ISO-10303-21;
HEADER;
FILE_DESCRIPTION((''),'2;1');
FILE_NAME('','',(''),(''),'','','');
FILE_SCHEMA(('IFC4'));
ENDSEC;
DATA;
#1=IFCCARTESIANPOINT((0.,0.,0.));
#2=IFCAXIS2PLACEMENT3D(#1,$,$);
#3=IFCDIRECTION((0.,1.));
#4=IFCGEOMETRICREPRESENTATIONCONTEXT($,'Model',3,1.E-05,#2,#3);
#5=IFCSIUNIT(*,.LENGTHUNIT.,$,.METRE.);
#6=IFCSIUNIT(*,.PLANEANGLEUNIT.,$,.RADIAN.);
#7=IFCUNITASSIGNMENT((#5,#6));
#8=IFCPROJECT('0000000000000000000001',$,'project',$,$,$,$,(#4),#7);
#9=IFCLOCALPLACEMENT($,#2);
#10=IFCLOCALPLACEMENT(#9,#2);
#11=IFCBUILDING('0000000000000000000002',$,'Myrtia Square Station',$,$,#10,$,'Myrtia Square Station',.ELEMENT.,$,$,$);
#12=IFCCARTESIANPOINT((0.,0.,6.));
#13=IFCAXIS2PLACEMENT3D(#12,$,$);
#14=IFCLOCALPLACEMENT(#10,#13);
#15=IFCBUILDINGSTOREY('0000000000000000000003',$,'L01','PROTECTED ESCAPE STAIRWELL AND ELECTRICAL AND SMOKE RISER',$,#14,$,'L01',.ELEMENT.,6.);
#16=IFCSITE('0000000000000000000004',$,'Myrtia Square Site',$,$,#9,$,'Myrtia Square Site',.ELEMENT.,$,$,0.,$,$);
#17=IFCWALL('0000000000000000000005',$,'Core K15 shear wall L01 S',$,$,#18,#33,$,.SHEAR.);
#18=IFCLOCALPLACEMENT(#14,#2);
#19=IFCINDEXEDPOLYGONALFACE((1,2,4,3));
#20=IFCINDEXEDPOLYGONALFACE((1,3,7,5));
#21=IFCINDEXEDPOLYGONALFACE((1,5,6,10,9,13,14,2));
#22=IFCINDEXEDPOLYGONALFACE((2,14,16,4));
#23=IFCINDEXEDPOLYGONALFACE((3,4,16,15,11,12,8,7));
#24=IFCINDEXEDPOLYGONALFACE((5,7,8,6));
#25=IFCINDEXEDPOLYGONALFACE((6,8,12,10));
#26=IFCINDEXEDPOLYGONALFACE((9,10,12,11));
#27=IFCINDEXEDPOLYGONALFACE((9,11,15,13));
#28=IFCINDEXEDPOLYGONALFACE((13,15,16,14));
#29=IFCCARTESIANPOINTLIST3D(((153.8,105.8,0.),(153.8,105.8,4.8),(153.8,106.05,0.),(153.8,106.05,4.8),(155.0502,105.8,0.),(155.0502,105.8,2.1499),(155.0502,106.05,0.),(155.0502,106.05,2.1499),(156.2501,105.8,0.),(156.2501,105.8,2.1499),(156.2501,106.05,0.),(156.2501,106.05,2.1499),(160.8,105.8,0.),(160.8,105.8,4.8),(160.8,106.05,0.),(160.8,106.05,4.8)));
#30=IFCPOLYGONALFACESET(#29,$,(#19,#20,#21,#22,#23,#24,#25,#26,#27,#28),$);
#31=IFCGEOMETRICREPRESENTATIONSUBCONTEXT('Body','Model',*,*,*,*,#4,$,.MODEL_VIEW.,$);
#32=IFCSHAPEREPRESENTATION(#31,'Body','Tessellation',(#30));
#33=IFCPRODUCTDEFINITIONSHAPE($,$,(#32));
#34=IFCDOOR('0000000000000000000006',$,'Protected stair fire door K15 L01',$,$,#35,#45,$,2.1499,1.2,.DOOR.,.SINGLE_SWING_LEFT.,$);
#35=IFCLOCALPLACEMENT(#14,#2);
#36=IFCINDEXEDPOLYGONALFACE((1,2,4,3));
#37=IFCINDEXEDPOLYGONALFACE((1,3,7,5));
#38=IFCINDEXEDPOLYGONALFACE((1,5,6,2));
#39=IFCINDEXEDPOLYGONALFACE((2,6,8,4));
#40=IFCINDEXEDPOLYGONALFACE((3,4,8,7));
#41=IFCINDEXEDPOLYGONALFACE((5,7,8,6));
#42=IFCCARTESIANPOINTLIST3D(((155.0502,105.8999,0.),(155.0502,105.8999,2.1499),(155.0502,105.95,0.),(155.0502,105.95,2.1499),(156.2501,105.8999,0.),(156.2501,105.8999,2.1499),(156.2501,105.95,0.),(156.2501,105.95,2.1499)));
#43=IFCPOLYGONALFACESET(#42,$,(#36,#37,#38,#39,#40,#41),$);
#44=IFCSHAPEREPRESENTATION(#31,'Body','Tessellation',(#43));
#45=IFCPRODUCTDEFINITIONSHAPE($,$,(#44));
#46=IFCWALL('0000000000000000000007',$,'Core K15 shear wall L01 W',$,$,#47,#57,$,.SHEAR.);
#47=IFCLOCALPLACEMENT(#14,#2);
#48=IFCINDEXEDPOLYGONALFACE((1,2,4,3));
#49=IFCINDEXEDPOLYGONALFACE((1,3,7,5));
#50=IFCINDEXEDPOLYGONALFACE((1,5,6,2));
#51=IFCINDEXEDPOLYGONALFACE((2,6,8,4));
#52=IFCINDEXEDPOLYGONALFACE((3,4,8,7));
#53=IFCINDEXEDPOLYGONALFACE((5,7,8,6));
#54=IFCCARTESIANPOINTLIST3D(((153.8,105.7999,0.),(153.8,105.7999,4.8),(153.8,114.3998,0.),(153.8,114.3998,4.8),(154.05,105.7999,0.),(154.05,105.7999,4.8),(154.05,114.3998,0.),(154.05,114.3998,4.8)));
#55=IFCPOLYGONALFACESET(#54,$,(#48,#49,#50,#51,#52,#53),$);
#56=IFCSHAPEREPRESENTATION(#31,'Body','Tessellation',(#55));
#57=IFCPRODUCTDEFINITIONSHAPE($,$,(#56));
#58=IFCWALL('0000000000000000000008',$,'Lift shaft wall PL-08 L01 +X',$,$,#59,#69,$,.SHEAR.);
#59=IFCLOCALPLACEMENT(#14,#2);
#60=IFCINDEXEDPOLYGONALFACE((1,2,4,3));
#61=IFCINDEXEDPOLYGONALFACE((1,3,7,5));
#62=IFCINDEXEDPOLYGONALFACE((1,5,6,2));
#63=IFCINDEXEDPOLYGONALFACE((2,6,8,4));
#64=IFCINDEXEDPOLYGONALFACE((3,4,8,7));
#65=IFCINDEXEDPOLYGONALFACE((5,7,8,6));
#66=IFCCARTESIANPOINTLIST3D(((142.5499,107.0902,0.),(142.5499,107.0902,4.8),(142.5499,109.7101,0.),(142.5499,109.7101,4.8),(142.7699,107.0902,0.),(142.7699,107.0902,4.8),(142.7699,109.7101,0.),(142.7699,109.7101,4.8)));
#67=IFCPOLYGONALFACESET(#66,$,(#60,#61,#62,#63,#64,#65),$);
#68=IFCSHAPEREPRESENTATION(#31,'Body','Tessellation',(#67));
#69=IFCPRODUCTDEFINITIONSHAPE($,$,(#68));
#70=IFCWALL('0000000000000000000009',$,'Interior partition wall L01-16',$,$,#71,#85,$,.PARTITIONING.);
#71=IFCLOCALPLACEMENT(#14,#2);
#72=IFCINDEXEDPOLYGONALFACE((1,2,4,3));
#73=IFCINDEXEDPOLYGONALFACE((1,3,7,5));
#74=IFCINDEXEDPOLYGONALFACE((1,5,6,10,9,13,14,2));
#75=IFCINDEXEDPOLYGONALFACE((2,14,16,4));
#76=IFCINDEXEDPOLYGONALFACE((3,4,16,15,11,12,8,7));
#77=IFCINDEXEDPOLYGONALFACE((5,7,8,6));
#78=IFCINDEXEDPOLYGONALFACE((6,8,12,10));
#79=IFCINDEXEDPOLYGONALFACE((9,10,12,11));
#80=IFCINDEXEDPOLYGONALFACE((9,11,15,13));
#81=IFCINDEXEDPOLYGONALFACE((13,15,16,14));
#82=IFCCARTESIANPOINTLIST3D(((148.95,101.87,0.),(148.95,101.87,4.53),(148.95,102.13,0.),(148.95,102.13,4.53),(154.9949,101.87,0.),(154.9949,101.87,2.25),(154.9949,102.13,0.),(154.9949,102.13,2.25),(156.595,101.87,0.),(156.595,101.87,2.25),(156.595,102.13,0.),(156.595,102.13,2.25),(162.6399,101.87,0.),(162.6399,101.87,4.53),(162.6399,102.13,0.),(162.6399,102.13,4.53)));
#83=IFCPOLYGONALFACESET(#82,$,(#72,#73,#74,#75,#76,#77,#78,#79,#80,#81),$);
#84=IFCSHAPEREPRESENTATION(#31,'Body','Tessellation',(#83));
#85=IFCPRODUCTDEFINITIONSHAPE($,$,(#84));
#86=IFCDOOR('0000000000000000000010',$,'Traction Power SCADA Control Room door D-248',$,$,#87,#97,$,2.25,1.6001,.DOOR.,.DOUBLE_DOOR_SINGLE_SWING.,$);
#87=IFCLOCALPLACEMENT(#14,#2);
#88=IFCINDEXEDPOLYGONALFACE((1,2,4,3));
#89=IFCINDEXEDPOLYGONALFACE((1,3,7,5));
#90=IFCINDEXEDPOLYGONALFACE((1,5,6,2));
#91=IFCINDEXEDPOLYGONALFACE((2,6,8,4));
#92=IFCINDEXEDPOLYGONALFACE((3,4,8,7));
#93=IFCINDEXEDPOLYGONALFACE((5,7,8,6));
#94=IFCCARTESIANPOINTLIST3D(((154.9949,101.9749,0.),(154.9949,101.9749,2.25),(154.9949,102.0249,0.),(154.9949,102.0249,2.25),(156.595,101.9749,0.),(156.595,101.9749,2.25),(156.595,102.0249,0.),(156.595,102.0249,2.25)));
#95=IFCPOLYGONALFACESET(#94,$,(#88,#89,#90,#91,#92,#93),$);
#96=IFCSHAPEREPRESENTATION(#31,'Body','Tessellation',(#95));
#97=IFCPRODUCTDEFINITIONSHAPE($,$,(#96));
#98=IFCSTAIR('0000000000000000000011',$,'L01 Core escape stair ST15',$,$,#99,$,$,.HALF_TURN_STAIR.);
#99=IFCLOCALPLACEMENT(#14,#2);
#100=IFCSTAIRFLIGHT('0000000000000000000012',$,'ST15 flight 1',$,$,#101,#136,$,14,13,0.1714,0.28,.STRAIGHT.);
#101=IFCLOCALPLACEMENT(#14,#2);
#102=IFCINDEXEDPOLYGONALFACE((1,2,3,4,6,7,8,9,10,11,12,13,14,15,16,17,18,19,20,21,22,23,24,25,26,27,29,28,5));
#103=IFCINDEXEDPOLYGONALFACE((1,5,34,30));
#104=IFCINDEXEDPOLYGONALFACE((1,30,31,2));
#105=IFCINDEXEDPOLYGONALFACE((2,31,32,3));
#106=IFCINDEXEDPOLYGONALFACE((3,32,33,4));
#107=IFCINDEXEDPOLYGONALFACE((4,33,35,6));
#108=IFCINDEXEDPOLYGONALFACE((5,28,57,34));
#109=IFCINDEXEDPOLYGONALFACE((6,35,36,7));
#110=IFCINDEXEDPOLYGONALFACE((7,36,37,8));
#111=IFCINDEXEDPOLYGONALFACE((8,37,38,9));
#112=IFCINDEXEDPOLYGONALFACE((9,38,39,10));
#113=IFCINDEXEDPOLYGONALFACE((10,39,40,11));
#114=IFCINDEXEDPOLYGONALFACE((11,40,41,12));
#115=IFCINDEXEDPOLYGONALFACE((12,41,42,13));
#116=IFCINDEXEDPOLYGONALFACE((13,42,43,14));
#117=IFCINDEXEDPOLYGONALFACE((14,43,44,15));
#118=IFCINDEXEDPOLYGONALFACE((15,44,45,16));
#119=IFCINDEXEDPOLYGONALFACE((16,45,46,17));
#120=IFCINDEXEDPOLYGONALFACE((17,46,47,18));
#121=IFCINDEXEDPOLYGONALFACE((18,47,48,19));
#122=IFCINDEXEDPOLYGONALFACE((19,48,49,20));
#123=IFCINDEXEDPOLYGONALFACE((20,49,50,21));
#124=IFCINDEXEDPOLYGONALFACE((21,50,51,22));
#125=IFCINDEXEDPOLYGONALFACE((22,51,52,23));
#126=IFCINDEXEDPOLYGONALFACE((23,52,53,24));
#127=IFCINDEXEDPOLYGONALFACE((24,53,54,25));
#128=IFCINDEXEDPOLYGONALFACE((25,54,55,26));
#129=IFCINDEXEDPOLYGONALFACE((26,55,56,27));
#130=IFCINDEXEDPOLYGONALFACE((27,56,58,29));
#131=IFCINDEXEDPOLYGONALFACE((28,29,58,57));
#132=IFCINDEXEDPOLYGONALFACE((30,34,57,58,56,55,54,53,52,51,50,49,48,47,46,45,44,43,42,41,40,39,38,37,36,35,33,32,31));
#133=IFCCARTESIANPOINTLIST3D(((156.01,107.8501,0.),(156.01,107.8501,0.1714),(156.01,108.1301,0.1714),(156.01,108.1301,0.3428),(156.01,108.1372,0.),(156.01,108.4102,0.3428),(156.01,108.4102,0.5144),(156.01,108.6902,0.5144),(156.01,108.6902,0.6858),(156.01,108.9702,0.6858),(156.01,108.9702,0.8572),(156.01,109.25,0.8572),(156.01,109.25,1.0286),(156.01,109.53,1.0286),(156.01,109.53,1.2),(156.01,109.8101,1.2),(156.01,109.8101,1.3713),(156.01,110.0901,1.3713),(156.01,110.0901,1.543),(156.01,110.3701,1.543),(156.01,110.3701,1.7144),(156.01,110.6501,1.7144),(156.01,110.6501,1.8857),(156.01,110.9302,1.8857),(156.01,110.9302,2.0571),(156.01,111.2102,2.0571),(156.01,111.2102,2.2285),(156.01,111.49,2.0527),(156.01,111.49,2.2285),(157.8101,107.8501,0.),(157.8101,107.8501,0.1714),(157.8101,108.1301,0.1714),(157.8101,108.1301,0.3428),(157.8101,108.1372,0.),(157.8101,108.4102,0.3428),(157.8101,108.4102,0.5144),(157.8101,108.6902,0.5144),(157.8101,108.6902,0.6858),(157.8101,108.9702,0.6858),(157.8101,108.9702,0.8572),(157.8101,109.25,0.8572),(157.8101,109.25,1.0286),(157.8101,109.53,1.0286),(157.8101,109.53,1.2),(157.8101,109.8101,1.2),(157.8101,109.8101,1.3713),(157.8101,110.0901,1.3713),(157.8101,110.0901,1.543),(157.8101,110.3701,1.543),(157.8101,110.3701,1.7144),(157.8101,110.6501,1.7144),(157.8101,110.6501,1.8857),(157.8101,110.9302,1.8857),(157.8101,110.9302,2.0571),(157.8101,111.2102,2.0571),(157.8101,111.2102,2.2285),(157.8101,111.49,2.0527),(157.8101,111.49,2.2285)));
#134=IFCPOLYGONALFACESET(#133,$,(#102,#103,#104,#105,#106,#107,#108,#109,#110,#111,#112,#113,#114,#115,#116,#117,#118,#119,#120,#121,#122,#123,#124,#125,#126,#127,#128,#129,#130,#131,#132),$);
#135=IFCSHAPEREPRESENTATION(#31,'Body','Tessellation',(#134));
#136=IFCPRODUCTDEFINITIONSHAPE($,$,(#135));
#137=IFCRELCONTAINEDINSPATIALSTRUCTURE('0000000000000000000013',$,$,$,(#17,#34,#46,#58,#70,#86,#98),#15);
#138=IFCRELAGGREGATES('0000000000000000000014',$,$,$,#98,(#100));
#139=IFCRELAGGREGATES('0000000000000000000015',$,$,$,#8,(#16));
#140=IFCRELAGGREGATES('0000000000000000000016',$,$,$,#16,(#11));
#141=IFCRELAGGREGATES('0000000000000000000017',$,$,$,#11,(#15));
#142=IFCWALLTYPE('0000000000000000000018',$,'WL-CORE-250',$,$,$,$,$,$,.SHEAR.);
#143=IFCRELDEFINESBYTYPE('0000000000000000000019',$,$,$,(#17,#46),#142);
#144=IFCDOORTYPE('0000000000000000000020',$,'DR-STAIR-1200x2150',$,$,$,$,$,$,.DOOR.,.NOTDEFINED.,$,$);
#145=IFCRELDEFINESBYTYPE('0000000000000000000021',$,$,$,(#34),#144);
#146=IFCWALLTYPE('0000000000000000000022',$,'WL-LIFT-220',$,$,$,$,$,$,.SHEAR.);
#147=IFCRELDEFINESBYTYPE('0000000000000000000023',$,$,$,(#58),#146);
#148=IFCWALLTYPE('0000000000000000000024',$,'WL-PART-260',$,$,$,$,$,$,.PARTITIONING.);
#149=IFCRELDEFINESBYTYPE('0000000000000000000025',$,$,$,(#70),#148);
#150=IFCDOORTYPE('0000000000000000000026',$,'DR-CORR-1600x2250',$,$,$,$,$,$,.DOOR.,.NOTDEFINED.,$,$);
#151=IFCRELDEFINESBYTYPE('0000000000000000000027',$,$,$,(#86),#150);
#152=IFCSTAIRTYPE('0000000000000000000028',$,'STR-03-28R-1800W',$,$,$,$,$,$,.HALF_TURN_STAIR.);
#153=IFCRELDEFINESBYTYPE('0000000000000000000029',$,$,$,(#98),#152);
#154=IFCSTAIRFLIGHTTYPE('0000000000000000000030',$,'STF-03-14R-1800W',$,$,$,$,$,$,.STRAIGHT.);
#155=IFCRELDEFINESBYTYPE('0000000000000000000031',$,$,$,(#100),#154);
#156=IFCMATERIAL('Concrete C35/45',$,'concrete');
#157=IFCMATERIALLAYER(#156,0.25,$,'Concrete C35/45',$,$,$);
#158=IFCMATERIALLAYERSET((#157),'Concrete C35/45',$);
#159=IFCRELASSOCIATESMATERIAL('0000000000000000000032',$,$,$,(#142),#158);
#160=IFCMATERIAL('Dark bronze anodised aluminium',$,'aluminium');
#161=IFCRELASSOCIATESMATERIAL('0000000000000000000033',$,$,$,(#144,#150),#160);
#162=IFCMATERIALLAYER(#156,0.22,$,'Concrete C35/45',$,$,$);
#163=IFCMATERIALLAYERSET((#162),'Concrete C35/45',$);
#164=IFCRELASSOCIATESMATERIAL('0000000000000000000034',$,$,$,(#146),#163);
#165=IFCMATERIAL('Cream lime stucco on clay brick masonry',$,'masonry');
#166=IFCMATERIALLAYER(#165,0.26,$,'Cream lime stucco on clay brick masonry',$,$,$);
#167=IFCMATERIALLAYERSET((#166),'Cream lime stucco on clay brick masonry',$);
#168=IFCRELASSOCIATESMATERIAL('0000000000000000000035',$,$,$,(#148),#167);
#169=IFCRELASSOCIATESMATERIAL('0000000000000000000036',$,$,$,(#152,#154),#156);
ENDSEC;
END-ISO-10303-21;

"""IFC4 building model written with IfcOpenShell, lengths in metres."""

from ifc_helpers import new_model, si_unit, direction, frame, frame_2d, origin, place, context, subcontext, project, spatial, polyline, rectangle, outline, extrude, material, layer, layer_set, type_object, element, fill, aggregate, save


model = new_model("IFC4")

# Units and contexts
model_context = context("Model", 3, precision=1e-05, world=origin(), true_north=direction((0.0, 1.0)))
body_context = subcontext(model_context, "Body", "Model", "MODEL_VIEW")
ifc_project = project(units=[si_unit("LENGTHUNIT", "METRE"), si_unit("PLANEANGLEUNIT", "RADIAN")], contexts=[model_context])

# Site, building, storey
site_placement = place(None, origin())
site = spatial("IfcSite", under=ifc_project, at=site_placement, Name="Myrtia Square Site", LongName="Myrtia Square Site", CompositionType="ELEMENT", RefElevation=0.0)
building_placement = place(site_placement, origin())
building = spatial("IfcBuilding", under=site, at=building_placement, Name="Myrtia Square Station", LongName="Myrtia Square Station", CompositionType="ELEMENT")
storey_placement = place(building_placement, frame((0.0, 0.0, 6.0)))
storey = spatial("IfcBuildingStorey", under=building, at=storey_placement, Name="L01", Description="PROTECTED ESCAPE STAIRWELL AND ELECTRICAL AND SMOKE RISER", LongName="L01", CompositionType="ELEMENT", Elevation=6.0)

# Wall, opening, door
ifc_material_1 = material(Name="Concrete C35/45", Category="concrete")
ifc_layer_1 = layer(ifc_material_1, 0.25, Name="Concrete C35/45")
ifc_layer_set_1 = layer_set([ifc_layer_1], Name="Concrete C35/45")
wall_type_1 = type_object("IfcWallType", Name="WL-CORE-250", PredefinedType="SHEAR", material=ifc_layer_set_1)
wall_1_placement = place(storey_placement, frame((153.8, 105.925, 0.0), z_axis=(0.0, 0.0, 1.0), x_axis=(1.0, 0.0, 0.0)))
wall_1 = element("IfcWall", 1, at=wall_1_placement, inside=storey, type_object=wall_type_1, Name="Core K15 shear wall L01 S", PredefinedType="SHEAR", context=body_context, shape_type="SweptSolid", body=[
    extrude(rectangle(XDim=7.0, YDim=0.25, at=frame_2d((3.5, 0.0))), origin(), (0.0, 0.0, 1.0), 4.8),
])
opening_1_placement = place(wall_1_placement, frame((1.25, 0.0, 0.0)))
opening_1 = element("IfcOpeningElement", 2, at=opening_1_placement, cuts=wall_1, PredefinedType="OPENING", context=body_context, shape_type="SweptSolid", body=[
    extrude(rectangle(XDim=1.2, YDim=2.1499, at=frame_2d((0.6001, 1.075))), frame((0.0, 0.1399, 0.0), z_axis=(0.0, -1.0, 0.0), x_axis=(1.0, 0.0, 0.0)), (0.0, 0.0, 1.0), 0.28),
])
ifc_material_2 = material(Name="Dark bronze anodised aluminium", Category="aluminium")
door_type_1 = type_object("IfcDoorType", Name="DR-STAIR-1200x2150", OperationType="NOTDEFINED", PredefinedType="DOOR", material=ifc_material_2)
door_1_placement = place(opening_1_placement, origin())
door_1 = element("IfcDoor", 3, at=door_1_placement, inside=storey, type_object=door_type_1, Name="Protected stair fire door K15 L01", OperationType="SINGLE_SWING_LEFT", OverallHeight=2.1499, OverallWidth=1.2, PredefinedType="DOOR", context=body_context, shape_type="SweptSolid", body=[
    extrude(rectangle(XDim=1.2, YDim=2.1499, at=frame_2d((0.6001, 1.075))), frame((0.0, 0.0249, 0.0), z_axis=(0.0, -1.0, 0.0), x_axis=(1.0, 0.0, 0.0)), (0.0, 0.0, 1.0), 0.05),
])
fill(opening_1, door_1)

# Walls
wall_2_placement = place(storey_placement, frame((153.925, 105.8, 0.0), z_axis=(0.0, 0.0, 1.0), x_axis=(0.0, 1.0, 0.0)))
element("IfcWall", 4, at=wall_2_placement, inside=storey, type_object=wall_type_1, Name="Core K15 shear wall L01 W", PredefinedType="SHEAR", context=body_context, shape_type="SweptSolid", body=[
    extrude(rectangle(XDim=8.5999, YDim=0.25, at=frame_2d((4.2998, 0.0))), origin(), (0.0, 0.0, 1.0), 4.8),
])
ifc_layer_2 = layer(ifc_material_1, 0.22, Name="Concrete C35/45")
ifc_layer_set_2 = layer_set([ifc_layer_2], Name="Concrete C35/45")
wall_type_2 = type_object("IfcWallType", Name="WL-LIFT-220", PredefinedType="SHEAR", material=ifc_layer_set_2)
wall_3_placement = place(storey_placement, frame((142.6599, 107.0901, 0.0), z_axis=(0.0, 0.0, 1.0), x_axis=(0.0, 1.0, 0.0)))
element("IfcWall", 5, at=wall_3_placement, inside=storey, type_object=wall_type_2, Name="Lift shaft wall PL-08 L01 +X", PredefinedType="SHEAR", context=body_context, shape_type="SweptSolid", body=[
    extrude(rectangle(XDim=2.6199, YDim=0.22, at=frame_2d((1.3101, 0.0))), origin(), (0.0, 0.0, 1.0), 4.8),
])

# Wall, opening, door
ifc_material_3 = material(Name="Cream lime stucco on clay brick masonry", Category="masonry")
ifc_layer_3 = layer(ifc_material_3, 0.26, Name="Cream lime stucco on clay brick masonry")
ifc_layer_set_3 = layer_set([ifc_layer_3], Name="Cream lime stucco on clay brick masonry")
wall_type_3 = type_object("IfcWallType", Name="WL-PART-260", PredefinedType="PARTITIONING", material=ifc_layer_set_3)
wall_4_placement = place(storey_placement, frame((148.95, 102.0, 0.0), z_axis=(0.0, 0.0, 1.0), x_axis=(1.0, 0.0, 0.0)))
wall_4 = element("IfcWall", 6, at=wall_4_placement, inside=storey, type_object=wall_type_3, Name="Interior partition wall L01-16", PredefinedType="PARTITIONING", context=body_context, shape_type="SweptSolid", body=[
    extrude(rectangle(XDim=13.6899, YDim=0.26, at=frame_2d((6.845, 0.0))), origin(), (0.0, 0.0, 1.0), 4.53),
])
opening_2_placement = place(wall_4_placement, frame((6.0449, 0.0, 0.0)))
opening_2 = element("IfcOpeningElement", 7, at=opening_2_placement, cuts=wall_4, PredefinedType="OPENING", context=body_context, shape_type="SweptSolid", body=[
    extrude(rectangle(XDim=1.6001, YDim=2.25, at=frame_2d((0.8, 1.125))), frame((0.0, 0.145, 0.0), z_axis=(0.0, -1.0, 0.0), x_axis=(1.0, 0.0, 0.0)), (0.0, 0.0, 1.0), 0.29),
])
door_type_2 = type_object("IfcDoorType", Name="DR-CORR-1600x2250", OperationType="NOTDEFINED", PredefinedType="DOOR", material=ifc_material_2)
door_2_placement = place(opening_2_placement, origin())
door_2 = element("IfcDoor", 8, at=door_2_placement, inside=storey, type_object=door_type_2, Name="Traction Power SCADA Control Room door D-248", OperationType="DOUBLE_DOOR_SINGLE_SWING", OverallHeight=2.25, OverallWidth=1.6001, PredefinedType="DOOR", context=body_context, shape_type="SweptSolid", body=[
    extrude(rectangle(XDim=1.6001, YDim=2.25, at=frame_2d((0.8, 1.125))), frame((0.0, 0.0249, 0.0), z_axis=(0.0, -1.0, 0.0), x_axis=(1.0, 0.0, 0.0)), (0.0, 0.0, 1.0), 0.05),
])
fill(opening_2, door_2)

# Stair, stair flight
stair_type = type_object("IfcStairType", Name="STR-03-28R-1800W", PredefinedType="HALF_TURN_STAIR", material=ifc_material_1)
stair_placement = place(storey_placement, origin())
stair = element("IfcStair", 9, at=stair_placement, inside=storey, type_object=stair_type, Name="L01 Core escape stair ST15", PredefinedType="HALF_TURN_STAIR")
stair_flight_type = type_object("IfcStairFlightType", Name="STF-03-14R-1800W", PredefinedType="STRAIGHT", material=ifc_material_1)
stair_flight_placement = place(storey_placement, frame((156.9099, 107.8501, 0.0), z_axis=(0.0, 0.0, 1.0), x_axis=(0.0, 1.0, 0.0)))
stair_flight = element("IfcStairFlight", 10, at=stair_flight_placement, type_object=stair_flight_type, Name="ST15 flight 1", NumberOfRisers=14, NumberOfTreads=13, PredefinedType="STRAIGHT", RiserHeight=0.1714, TreadLength=0.28, context=body_context, shape_type="SweptSolid", body=[
    extrude(outline(polyline([(0.0, 0.0), (0.0, 0.1714), (0.28, 0.1714), (0.28, 0.3428), (0.5601, 0.3428), (0.5601, 0.5144), (0.8401, 0.5144), (0.8401, 0.6858), (1.1201, 0.6858), (1.1201, 0.8572), (1.3999, 0.8572), (1.3999, 1.0286), (1.6799, 1.0286), (1.6799, 1.2), (1.96, 1.2), (1.96, 1.3713), (2.24, 1.3713), (2.24, 1.543), (2.52, 1.543), (2.52, 1.7144), (2.8, 1.7144), (2.8, 1.8857), (3.0801, 1.8857), (3.0801, 2.0571), (3.3601, 2.0571), (3.3601, 2.2285), (3.6399, 2.2285), (3.6399, 2.3999), (3.6399, 2.0527), (0.2871, 0.0), (0.0, 0.0)])), frame((0.0, 0.8999, 0.0), z_axis=(0.0, -1.0, 0.0), x_axis=(1.0, 0.0, 0.0)), (0.0, 0.0, 1.0), 1.8),
])
aggregate(stair, [stair_flight])

save(model, "model.ifc")
